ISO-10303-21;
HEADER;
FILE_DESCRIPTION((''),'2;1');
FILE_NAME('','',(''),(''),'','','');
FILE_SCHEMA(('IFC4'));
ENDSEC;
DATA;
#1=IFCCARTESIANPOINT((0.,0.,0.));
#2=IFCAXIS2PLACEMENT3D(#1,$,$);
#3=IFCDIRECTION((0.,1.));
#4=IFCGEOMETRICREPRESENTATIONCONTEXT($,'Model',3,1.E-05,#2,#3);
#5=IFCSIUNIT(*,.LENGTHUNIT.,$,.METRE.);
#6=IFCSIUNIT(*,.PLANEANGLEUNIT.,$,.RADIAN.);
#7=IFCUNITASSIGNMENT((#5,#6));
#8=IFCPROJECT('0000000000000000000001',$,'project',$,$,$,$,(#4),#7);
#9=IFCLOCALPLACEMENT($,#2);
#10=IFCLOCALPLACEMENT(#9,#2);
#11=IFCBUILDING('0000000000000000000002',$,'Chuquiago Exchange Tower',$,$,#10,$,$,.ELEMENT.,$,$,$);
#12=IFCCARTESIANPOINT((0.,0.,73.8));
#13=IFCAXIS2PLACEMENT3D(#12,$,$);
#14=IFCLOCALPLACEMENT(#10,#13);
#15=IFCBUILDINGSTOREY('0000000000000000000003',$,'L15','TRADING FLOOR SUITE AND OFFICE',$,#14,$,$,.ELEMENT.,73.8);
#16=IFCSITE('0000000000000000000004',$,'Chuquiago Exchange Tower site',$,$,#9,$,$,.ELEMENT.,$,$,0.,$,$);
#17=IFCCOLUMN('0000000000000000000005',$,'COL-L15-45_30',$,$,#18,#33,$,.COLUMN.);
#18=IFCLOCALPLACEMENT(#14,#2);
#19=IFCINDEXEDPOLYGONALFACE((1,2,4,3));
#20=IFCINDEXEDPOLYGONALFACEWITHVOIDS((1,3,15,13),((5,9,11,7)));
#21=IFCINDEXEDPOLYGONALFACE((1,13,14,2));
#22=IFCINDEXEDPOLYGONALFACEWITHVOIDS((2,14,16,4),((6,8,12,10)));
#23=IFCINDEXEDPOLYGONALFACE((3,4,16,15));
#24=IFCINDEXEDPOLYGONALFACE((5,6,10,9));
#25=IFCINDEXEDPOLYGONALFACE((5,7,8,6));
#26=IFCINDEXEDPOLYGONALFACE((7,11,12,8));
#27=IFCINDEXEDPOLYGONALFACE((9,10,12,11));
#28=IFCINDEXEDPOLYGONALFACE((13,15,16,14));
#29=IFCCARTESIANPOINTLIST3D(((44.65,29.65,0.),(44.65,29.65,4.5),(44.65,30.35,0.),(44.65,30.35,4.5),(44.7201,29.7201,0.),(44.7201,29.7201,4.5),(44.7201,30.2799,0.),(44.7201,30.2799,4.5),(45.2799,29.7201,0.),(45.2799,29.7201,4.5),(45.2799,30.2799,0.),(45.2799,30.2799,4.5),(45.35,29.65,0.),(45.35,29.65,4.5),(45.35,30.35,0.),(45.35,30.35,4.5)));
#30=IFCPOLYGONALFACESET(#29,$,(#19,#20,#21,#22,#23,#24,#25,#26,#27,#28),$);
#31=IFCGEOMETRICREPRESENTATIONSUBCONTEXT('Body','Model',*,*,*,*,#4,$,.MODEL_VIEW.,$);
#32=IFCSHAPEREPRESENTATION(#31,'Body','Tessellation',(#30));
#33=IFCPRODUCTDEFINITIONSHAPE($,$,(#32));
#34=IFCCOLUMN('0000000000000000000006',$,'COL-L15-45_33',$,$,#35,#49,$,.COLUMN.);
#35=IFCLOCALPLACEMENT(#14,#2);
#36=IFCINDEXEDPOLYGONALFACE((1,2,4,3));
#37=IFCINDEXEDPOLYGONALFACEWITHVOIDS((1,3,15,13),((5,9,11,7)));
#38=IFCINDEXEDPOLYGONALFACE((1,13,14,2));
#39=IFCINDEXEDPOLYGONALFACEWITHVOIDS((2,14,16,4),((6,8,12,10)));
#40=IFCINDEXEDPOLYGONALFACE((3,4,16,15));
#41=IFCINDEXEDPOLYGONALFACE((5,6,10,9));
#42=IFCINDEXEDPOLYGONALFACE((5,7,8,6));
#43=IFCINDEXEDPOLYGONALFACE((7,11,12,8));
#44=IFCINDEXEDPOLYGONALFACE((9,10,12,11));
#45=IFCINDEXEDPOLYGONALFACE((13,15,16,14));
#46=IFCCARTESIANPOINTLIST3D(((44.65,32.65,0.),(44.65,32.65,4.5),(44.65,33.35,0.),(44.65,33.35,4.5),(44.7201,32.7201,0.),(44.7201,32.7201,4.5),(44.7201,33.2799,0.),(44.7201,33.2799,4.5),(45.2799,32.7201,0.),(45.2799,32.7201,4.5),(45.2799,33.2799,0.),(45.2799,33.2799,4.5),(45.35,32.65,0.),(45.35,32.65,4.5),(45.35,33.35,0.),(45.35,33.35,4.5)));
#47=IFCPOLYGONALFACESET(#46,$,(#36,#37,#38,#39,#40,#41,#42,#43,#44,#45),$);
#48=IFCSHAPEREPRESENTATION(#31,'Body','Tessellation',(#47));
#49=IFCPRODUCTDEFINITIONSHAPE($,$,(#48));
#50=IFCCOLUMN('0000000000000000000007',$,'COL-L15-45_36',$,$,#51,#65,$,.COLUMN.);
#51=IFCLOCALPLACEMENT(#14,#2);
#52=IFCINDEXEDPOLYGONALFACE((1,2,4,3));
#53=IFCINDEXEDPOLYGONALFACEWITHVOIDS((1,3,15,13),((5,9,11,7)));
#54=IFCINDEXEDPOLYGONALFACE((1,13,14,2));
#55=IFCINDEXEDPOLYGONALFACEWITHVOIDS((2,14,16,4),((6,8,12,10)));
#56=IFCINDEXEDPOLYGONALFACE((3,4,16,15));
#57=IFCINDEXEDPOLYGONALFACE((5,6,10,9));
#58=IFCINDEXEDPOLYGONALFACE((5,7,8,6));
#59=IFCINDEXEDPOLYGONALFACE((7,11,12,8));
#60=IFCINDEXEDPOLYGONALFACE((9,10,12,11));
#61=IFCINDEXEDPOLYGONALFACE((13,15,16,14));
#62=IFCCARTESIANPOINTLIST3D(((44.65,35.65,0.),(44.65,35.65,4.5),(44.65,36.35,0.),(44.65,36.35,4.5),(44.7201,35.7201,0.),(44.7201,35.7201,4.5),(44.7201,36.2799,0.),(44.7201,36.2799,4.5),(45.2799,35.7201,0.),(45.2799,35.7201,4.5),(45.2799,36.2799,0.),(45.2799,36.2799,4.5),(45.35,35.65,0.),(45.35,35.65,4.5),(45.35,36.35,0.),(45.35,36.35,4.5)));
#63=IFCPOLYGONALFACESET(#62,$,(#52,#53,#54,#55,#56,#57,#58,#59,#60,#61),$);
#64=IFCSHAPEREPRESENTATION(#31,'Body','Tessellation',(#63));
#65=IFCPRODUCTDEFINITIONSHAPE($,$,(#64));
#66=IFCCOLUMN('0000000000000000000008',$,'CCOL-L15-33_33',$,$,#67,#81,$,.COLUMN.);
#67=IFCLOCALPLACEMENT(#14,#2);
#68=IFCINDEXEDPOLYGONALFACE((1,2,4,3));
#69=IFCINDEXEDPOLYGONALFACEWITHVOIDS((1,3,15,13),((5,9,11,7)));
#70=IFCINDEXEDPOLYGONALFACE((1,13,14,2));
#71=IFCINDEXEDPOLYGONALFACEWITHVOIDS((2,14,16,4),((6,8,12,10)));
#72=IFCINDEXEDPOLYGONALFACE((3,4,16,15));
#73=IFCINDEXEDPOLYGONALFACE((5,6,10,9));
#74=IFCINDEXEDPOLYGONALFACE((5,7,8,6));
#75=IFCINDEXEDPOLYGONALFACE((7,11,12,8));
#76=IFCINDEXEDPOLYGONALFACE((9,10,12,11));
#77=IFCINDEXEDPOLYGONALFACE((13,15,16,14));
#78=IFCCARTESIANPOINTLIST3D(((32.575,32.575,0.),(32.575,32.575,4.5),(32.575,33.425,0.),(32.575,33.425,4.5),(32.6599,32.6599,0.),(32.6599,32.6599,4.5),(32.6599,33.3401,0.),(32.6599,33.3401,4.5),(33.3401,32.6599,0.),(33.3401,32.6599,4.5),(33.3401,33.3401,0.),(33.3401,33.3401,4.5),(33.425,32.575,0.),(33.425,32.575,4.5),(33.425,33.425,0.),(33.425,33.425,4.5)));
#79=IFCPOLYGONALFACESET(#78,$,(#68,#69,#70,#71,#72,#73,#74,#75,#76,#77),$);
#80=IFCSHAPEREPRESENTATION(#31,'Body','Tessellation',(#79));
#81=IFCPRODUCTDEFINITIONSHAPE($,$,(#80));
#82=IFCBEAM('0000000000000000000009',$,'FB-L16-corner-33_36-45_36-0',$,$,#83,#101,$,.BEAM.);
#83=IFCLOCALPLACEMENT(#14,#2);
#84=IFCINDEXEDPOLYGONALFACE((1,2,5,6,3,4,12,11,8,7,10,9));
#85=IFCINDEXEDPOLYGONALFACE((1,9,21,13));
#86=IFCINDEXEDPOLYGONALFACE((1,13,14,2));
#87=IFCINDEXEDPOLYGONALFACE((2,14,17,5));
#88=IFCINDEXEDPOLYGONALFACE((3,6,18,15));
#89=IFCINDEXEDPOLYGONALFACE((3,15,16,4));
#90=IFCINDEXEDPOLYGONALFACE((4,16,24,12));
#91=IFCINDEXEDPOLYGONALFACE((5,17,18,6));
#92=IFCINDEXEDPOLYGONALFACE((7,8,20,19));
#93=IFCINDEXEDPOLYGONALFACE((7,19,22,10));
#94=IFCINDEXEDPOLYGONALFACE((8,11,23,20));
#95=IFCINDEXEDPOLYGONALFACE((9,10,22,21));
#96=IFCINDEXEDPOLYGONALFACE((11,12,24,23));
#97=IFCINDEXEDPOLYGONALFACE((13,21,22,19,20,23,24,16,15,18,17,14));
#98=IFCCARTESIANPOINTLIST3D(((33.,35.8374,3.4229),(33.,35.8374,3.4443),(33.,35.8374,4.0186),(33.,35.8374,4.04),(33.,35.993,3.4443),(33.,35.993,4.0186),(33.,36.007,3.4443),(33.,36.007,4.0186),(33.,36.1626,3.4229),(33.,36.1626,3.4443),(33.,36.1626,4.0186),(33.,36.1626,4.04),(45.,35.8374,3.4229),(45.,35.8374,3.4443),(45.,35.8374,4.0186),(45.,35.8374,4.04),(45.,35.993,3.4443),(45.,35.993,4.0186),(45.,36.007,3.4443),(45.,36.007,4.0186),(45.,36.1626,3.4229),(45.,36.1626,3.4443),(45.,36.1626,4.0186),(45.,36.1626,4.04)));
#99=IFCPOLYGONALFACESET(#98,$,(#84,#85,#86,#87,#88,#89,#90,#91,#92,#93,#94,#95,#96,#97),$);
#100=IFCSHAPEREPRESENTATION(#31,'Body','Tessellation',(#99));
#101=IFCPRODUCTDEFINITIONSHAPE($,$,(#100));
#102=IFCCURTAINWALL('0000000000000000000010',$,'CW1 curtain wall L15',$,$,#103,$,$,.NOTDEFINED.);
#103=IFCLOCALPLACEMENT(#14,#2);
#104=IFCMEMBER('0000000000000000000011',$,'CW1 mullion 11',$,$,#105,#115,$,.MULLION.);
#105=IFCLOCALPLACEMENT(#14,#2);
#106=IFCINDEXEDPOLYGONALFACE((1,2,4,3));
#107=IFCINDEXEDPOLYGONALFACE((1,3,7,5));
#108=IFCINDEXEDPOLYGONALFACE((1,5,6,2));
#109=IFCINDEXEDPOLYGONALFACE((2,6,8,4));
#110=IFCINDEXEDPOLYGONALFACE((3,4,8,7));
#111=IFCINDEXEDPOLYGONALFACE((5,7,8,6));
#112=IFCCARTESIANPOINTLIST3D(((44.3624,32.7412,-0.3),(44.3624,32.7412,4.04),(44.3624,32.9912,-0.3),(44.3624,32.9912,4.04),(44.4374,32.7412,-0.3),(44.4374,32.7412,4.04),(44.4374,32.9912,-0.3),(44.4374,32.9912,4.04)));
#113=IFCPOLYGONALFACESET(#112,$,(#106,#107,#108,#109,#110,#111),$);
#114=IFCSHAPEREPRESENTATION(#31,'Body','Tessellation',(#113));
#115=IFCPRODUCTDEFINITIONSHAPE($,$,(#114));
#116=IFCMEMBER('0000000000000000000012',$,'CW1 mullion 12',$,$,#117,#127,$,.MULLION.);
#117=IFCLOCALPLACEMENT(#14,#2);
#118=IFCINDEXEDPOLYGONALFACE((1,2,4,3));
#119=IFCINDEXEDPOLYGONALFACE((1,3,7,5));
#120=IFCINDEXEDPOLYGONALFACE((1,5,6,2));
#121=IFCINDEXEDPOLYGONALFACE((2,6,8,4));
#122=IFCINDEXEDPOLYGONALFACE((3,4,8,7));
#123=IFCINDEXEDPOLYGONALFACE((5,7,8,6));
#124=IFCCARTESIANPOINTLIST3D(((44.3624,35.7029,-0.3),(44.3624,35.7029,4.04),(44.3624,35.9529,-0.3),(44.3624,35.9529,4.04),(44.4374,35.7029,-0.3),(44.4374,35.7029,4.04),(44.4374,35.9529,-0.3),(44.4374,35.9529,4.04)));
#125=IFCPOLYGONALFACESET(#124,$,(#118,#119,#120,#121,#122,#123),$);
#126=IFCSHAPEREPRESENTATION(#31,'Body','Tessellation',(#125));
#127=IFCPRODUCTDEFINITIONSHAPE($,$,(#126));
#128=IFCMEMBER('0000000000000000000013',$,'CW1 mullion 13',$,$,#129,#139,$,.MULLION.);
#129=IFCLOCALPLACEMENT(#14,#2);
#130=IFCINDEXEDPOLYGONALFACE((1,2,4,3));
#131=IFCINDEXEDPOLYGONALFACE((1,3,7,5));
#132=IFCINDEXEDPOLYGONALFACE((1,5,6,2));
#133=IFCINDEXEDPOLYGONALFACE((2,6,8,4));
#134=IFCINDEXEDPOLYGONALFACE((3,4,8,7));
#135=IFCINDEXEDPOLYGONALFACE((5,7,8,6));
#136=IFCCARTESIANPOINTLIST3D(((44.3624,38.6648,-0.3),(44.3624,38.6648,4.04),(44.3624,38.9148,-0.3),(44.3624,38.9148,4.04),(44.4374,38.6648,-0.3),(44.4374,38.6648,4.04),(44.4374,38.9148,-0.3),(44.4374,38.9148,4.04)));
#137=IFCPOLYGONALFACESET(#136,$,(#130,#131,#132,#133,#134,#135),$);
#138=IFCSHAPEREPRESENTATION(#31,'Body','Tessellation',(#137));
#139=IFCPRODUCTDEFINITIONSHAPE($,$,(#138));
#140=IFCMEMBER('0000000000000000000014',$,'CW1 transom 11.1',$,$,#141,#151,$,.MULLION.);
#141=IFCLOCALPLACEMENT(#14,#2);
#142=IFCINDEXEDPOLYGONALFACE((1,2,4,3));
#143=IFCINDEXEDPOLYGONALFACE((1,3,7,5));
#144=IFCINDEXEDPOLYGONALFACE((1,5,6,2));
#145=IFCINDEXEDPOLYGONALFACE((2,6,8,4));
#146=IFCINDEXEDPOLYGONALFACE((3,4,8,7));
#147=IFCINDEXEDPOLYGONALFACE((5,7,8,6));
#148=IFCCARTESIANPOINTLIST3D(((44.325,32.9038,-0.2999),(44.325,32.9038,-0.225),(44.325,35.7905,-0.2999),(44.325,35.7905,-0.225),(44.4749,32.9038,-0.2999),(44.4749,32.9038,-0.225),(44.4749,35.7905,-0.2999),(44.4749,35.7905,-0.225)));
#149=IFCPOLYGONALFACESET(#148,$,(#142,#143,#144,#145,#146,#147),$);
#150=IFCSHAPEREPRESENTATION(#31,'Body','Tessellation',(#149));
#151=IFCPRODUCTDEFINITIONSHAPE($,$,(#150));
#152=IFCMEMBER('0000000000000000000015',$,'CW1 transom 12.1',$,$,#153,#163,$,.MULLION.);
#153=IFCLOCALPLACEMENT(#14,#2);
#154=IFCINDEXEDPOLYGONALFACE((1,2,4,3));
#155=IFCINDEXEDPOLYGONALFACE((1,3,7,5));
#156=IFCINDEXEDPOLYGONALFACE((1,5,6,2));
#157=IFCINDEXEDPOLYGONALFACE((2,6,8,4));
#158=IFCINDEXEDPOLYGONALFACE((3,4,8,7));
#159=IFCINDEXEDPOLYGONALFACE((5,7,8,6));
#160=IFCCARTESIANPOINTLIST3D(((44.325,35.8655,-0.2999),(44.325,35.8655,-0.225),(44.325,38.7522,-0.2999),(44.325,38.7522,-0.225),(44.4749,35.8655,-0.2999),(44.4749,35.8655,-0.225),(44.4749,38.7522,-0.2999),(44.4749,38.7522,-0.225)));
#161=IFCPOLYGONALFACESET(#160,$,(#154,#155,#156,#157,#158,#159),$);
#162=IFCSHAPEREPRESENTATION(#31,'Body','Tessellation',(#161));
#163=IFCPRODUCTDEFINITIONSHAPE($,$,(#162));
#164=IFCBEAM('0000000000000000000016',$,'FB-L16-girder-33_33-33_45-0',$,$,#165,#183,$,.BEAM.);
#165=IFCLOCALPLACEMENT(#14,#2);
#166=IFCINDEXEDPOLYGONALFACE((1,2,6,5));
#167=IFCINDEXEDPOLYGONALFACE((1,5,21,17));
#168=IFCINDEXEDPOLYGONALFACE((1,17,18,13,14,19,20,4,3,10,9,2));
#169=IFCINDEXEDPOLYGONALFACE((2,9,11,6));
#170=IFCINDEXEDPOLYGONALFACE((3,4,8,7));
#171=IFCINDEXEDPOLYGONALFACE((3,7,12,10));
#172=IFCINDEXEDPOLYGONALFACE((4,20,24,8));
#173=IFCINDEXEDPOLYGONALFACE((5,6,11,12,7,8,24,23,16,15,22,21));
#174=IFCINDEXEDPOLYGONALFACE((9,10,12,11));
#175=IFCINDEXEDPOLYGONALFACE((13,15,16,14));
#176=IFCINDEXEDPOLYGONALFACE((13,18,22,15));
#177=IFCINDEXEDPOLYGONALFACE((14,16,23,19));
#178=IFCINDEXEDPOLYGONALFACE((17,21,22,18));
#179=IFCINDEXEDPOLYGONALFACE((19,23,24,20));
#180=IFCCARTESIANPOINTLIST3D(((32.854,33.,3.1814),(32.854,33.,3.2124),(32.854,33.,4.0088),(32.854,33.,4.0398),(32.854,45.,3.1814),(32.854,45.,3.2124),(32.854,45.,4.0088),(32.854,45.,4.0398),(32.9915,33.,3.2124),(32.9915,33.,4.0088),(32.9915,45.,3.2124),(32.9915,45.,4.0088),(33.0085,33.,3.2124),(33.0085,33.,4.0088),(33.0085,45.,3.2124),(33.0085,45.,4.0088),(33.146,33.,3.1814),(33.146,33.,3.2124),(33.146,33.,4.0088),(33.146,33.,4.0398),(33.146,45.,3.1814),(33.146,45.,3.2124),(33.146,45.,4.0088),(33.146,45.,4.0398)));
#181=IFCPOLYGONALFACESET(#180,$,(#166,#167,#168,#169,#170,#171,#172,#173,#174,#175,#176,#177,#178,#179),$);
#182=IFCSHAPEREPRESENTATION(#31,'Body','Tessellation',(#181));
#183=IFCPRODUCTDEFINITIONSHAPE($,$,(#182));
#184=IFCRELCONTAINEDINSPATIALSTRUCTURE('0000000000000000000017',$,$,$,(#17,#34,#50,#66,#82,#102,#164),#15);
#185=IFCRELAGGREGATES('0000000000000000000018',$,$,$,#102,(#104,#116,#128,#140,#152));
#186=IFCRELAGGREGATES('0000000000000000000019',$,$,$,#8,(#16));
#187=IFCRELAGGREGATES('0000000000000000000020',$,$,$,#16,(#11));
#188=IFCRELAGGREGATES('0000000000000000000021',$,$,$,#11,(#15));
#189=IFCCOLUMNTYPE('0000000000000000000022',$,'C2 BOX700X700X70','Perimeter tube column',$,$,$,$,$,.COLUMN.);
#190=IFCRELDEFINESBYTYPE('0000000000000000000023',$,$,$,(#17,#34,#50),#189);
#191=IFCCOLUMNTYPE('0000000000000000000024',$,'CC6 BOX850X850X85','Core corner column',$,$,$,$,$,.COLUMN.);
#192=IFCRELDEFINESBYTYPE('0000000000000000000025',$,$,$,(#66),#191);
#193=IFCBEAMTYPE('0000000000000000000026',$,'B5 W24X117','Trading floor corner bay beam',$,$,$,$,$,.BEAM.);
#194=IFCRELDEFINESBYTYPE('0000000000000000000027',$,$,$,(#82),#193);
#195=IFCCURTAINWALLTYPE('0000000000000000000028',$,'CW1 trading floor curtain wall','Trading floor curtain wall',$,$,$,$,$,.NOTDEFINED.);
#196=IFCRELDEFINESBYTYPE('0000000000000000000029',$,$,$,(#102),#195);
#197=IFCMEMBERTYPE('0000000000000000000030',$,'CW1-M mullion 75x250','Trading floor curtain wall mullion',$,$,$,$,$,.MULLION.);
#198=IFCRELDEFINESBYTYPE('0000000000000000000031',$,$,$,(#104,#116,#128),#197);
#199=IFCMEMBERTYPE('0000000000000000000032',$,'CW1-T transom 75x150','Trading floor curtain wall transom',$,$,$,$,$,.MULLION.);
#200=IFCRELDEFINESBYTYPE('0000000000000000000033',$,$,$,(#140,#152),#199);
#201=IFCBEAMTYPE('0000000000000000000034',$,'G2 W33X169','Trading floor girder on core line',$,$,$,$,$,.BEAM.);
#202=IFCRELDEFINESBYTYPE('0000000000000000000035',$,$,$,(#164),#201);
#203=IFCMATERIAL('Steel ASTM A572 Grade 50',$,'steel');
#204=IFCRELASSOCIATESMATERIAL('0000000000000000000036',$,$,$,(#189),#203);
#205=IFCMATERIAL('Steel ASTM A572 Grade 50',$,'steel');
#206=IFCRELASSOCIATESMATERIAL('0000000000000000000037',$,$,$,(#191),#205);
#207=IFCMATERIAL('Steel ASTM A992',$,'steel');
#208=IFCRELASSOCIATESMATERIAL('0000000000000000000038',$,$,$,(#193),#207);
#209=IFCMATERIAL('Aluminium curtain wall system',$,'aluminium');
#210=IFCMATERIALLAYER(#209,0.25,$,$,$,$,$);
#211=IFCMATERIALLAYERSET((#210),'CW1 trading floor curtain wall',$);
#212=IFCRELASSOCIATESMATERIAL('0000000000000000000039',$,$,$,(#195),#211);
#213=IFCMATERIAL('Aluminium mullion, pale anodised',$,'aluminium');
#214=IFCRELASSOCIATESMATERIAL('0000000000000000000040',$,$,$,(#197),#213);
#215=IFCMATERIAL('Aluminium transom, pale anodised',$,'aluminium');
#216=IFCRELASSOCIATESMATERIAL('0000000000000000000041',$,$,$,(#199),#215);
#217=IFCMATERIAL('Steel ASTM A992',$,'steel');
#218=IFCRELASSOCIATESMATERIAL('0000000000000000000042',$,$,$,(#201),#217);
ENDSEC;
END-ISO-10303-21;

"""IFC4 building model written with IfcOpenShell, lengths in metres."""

from ifc_helpers import new_model, si_unit, direction, frame, origin, origin_2d, place, context, subcontext, project, spatial, rectangle, hollow_rectangle, i_section, extrude, material, layer, layer_set, material_profile, profile_set, type_object, element, aggregate, save


model = new_model("IFC4")

# Units and contexts
model_context = context("Model", 3, precision=1e-05, world=origin(), true_north=direction((0.0, 1.0)))
body_context = subcontext(model_context, "Body", "Model", "MODEL_VIEW")
ifc_project = project(units=[si_unit("LENGTHUNIT", "METRE"), si_unit("PLANEANGLEUNIT", "RADIAN")], contexts=[model_context])

# Site, building, storey
site_placement = place(None, origin())
site = spatial("IfcSite", under=ifc_project, at=site_placement, Name="Chuquiago Exchange Tower site", CompositionType="ELEMENT", RefElevation=0.0)
building_placement = place(site_placement, origin())
building = spatial("IfcBuilding", under=site, at=building_placement, Name="Chuquiago Exchange Tower", CompositionType="ELEMENT")
storey_placement = place(building_placement, frame((0.0, 0.0, 73.8)))
storey = spatial("IfcBuildingStorey", under=building, at=storey_placement, Name="L15", Description="TRADING FLOOR SUITE AND OFFICE", CompositionType="ELEMENT", Elevation=73.8)

# Columns
ifc_material_1 = material(Name="Steel ASTM A572 Grade 50", Category="steel")
ifc_material_profile_1 = material_profile(ifc_material_1, hollow_rectangle(XDim=0.7, YDim=0.7, WallThickness=0.0701, at=origin_2d()), Name="BOX700X700X70")
ifc_profile_set_1 = profile_set([ifc_material_profile_1], Name="Steel ASTM A572 Grade 50")
column_type_1 = type_object("IfcColumnType", Name="C2 BOX700X700X70", Description="Perimeter tube column", PredefinedType="COLUMN", material=ifc_profile_set_1)
for number, where, z_axis, x_axis, name in (
    (1, (45.0, 30.0, 0.0), (0.0, 0.0, 1.0), (1.0, 0.0, 0.0), "COL-L15-45_30"),
    (2, (45.0, 33.0, 0.0), (0.0, 0.0, 1.0), (1.0, 0.0, 0.0), "COL-L15-45_33"),
    (3, (45.0, 36.0, 0.0), (0.0, 0.0, 1.0), (1.0, 0.0, 0.0), "COL-L15-45_36"),
):
    element("IfcColumn", number, at=place(storey_placement, frame(where, z_axis=z_axis, x_axis=x_axis)), inside=storey, type_object=column_type_1, Name=name, PredefinedType="COLUMN", context=body_context, shape_type="SweptSolid", body=[
        extrude(hollow_rectangle(XDim=0.7, YDim=0.7, WallThickness=0.0701, at=origin_2d()), origin(), (0.0, 0.0, 1.0), 4.5),
    ])
ifc_material_2 = material(Name="Steel ASTM A572 Grade 50", Category="steel")
ifc_material_profile_2 = material_profile(ifc_material_2, hollow_rectangle(XDim=0.8501, YDim=0.8501, WallThickness=0.085, at=origin_2d()), Name="BOX850X850X85")
ifc_profile_set_2 = profile_set([ifc_material_profile_2], Name="Steel ASTM A572 Grade 50")
column_type_2 = type_object("IfcColumnType", Name="CC6 BOX850X850X85", Description="Core corner column", PredefinedType="COLUMN", material=ifc_profile_set_2)
column_placement = place(storey_placement, frame((33.0, 33.0, 0.0), z_axis=(0.0, 0.0, 1.0), x_axis=(1.0, 0.0, 0.0)))
element("IfcColumn", 4, at=column_placement, inside=storey, type_object=column_type_2, Name="CCOL-L15-33_33", PredefinedType="COLUMN", context=body_context, shape_type="SweptSolid", body=[
    extrude(hollow_rectangle(XDim=0.8501, YDim=0.8501, WallThickness=0.085, at=origin_2d()), origin(), (0.0, 0.0, 1.0), 4.5),
])

# Beam
ifc_material_3 = material(Name="Steel ASTM A992", Category="steel")
ifc_material_profile_3 = material_profile(ifc_material_3, i_section(OverallWidth=0.3252, OverallDepth=0.6172, WebThickness=0.0139, FlangeThickness=0.0215, at=origin_2d()), Name="W24X117")
ifc_profile_set_3 = profile_set([ifc_material_profile_3], Name="Steel ASTM A992")
beam_type_1 = type_object("IfcBeamType", Name="B5 W24X117", Description="Trading floor corner bay beam", PredefinedType="BEAM", material=ifc_profile_set_3)
beam_placement = place(storey_placement, frame((33.0, 36.0, 3.7314), z_axis=(1.0, 0.0, 0.0), x_axis=(0.0, 1.0, 0.0)))
element("IfcBeam", 5, at=beam_placement, inside=storey, type_object=beam_type_1, Name="FB-L16-corner-33_36-45_36-0", PredefinedType="BEAM", context=body_context, shape_type="SweptSolid", body=[
    extrude(i_section(OverallWidth=0.3252, OverallDepth=0.6172, WebThickness=0.0139, FlangeThickness=0.0215, at=origin_2d()), origin(), (0.0, 0.0, 1.0), 12.0),
])

# Curtain wall, members
ifc_material_4 = material(Name="Aluminium curtain wall system", Category="aluminium")
ifc_layer_1 = layer(ifc_material_4, 0.25)
ifc_layer_set_1 = layer_set([ifc_layer_1], Name="CW1 trading floor curtain wall")
curtain_wall_type = type_object("IfcCurtainWallType", Name="CW1 trading floor curtain wall", Description="Trading floor curtain wall", PredefinedType="NOTDEFINED", material=ifc_layer_set_1)
curtain_wall_placement = place(storey_placement, origin())
curtain_wall = element("IfcCurtainWall", 6, at=curtain_wall_placement, inside=storey, type_object=curtain_wall_type, Name="CW1 curtain wall L15", PredefinedType="NOTDEFINED")
ifc_material_5 = material(Name="Aluminium mullion, pale anodised", Category="aluminium")
ifc_material_profile_4 = material_profile(ifc_material_5, rectangle(XDim=0.075, YDim=0.25, at=origin_2d()), Name="AL 75x250")
ifc_profile_set_4 = profile_set([ifc_material_profile_4], Name="Aluminium mullion, pale anodised")
member_type_1 = type_object("IfcMemberType", Name="CW1-M mullion 75x250", Description="Trading floor curtain wall mullion", PredefinedType="MULLION", material=ifc_profile_set_4)
member_1_placement = place(storey_placement, frame((44.3999, 32.8662, -0.3), z_axis=(0.0, 0.0, 1.0), x_axis=(-1.0, 0.0, 0.0)))
member_1 = element("IfcMember", 7, at=member_1_placement, type_object=member_type_1, Name="CW1 mullion 11", PredefinedType="MULLION", context=body_context, shape_type="SweptSolid", body=[
    extrude(rectangle(XDim=0.075, YDim=0.25, at=origin_2d()), origin(), (0.0, 0.0, 1.0), 4.3401),
])
member_2_placement = place(storey_placement, frame((44.3999, 35.8279, -0.3), z_axis=(0.0, 0.0, 1.0), x_axis=(-1.0, 0.0, 0.0)))
member_2 = element("IfcMember", 8, at=member_2_placement, type_object=member_type_1, Name="CW1 mullion 12", PredefinedType="MULLION", context=body_context, shape_type="SweptSolid", body=[
    extrude(rectangle(XDim=0.075, YDim=0.25, at=origin_2d()), origin(), (0.0, 0.0, 1.0), 4.3401),
])
member_3_placement = place(storey_placement, frame((44.3999, 38.7898, -0.3), z_axis=(0.0, 0.0, 1.0), x_axis=(-1.0, 0.0, 0.0)))
member_3 = element("IfcMember", 9, at=member_3_placement, type_object=member_type_1, Name="CW1 mullion 13", PredefinedType="MULLION", context=body_context, shape_type="SweptSolid", body=[
    extrude(rectangle(XDim=0.075, YDim=0.25, at=origin_2d()), origin(), (0.0, 0.0, 1.0), 4.3401),
])
ifc_material_6 = material(Name="Aluminium transom, pale anodised", Category="aluminium")
ifc_material_profile_5 = material_profile(ifc_material_6, rectangle(XDim=0.1499, YDim=0.075, at=origin_2d()), Name="AL 150x75")
ifc_profile_set_5 = profile_set([ifc_material_profile_5], Name="Aluminium transom, pale anodised")
member_type_2 = type_object("IfcMemberType", Name="CW1-T transom 75x150", Description="Trading floor curtain wall transom", PredefinedType="MULLION", material=ifc_profile_set_5)
member_4_placement = place(storey_placement, frame((44.3999, 32.9038, -0.2625), z_axis=(0.0, 1.0, 0.0), x_axis=(-1.0, 0.0, 0.0)))
member_4 = element("IfcMember", 10, at=member_4_placement, type_object=member_type_2, Name="CW1 transom 11.1", PredefinedType="MULLION", context=body_context, shape_type="SweptSolid", body=[
    extrude(rectangle(XDim=0.1499, YDim=0.075, at=origin_2d()), origin(), (0.0, 0.0, 1.0), 2.8867),
])
member_5_placement = place(storey_placement, frame((44.3999, 35.8655, -0.2625), z_axis=(0.0, 1.0, 0.0), x_axis=(-1.0, 0.0, 0.0)))
member_5 = element("IfcMember", 11, at=member_5_placement, type_object=member_type_2, Name="CW1 transom 12.1", PredefinedType="MULLION", context=body_context, shape_type="SweptSolid", body=[
    extrude(rectangle(XDim=0.1499, YDim=0.075, at=origin_2d()), origin(), (0.0, 0.0, 1.0), 2.8867),
])

# Beam
ifc_material_7 = material(Name="Steel ASTM A992", Category="steel")
ifc_material_profile_6 = material_profile(ifc_material_7, i_section(OverallWidth=0.292, OverallDepth=0.8584, WebThickness=0.0171, FlangeThickness=0.031, at=origin_2d()), Name="W33X169")
ifc_profile_set_6 = profile_set([ifc_material_profile_6], Name="Steel ASTM A992")
beam_type_2 = type_object("IfcBeamType", Name="G2 W33X169", Description="Trading floor girder on core line", PredefinedType="BEAM", material=ifc_profile_set_6)
for number, where, z_axis, x_axis, name in (
    (12, (33.0, 33.0, 3.6106), (0.0, 1.0, 0.0), (-1.0, 0.0, 0.0), "FB-L16-girder-33_33-33_45-0"),
):
    element("IfcBeam", number, at=place(storey_placement, frame(where, z_axis=z_axis, x_axis=x_axis)), inside=storey, type_object=beam_type_2, Name=name, PredefinedType="BEAM", context=body_context, shape_type="SweptSolid", body=[
        extrude(i_section(OverallWidth=0.292, OverallDepth=0.8584, WebThickness=0.0171, FlangeThickness=0.031, at=origin_2d()), origin(), (0.0, 0.0, 1.0), 12.0),
    ])

aggregate(curtain_wall, [member_1, member_2, member_3, member_4, member_5])

save(model, "model.ifc")
